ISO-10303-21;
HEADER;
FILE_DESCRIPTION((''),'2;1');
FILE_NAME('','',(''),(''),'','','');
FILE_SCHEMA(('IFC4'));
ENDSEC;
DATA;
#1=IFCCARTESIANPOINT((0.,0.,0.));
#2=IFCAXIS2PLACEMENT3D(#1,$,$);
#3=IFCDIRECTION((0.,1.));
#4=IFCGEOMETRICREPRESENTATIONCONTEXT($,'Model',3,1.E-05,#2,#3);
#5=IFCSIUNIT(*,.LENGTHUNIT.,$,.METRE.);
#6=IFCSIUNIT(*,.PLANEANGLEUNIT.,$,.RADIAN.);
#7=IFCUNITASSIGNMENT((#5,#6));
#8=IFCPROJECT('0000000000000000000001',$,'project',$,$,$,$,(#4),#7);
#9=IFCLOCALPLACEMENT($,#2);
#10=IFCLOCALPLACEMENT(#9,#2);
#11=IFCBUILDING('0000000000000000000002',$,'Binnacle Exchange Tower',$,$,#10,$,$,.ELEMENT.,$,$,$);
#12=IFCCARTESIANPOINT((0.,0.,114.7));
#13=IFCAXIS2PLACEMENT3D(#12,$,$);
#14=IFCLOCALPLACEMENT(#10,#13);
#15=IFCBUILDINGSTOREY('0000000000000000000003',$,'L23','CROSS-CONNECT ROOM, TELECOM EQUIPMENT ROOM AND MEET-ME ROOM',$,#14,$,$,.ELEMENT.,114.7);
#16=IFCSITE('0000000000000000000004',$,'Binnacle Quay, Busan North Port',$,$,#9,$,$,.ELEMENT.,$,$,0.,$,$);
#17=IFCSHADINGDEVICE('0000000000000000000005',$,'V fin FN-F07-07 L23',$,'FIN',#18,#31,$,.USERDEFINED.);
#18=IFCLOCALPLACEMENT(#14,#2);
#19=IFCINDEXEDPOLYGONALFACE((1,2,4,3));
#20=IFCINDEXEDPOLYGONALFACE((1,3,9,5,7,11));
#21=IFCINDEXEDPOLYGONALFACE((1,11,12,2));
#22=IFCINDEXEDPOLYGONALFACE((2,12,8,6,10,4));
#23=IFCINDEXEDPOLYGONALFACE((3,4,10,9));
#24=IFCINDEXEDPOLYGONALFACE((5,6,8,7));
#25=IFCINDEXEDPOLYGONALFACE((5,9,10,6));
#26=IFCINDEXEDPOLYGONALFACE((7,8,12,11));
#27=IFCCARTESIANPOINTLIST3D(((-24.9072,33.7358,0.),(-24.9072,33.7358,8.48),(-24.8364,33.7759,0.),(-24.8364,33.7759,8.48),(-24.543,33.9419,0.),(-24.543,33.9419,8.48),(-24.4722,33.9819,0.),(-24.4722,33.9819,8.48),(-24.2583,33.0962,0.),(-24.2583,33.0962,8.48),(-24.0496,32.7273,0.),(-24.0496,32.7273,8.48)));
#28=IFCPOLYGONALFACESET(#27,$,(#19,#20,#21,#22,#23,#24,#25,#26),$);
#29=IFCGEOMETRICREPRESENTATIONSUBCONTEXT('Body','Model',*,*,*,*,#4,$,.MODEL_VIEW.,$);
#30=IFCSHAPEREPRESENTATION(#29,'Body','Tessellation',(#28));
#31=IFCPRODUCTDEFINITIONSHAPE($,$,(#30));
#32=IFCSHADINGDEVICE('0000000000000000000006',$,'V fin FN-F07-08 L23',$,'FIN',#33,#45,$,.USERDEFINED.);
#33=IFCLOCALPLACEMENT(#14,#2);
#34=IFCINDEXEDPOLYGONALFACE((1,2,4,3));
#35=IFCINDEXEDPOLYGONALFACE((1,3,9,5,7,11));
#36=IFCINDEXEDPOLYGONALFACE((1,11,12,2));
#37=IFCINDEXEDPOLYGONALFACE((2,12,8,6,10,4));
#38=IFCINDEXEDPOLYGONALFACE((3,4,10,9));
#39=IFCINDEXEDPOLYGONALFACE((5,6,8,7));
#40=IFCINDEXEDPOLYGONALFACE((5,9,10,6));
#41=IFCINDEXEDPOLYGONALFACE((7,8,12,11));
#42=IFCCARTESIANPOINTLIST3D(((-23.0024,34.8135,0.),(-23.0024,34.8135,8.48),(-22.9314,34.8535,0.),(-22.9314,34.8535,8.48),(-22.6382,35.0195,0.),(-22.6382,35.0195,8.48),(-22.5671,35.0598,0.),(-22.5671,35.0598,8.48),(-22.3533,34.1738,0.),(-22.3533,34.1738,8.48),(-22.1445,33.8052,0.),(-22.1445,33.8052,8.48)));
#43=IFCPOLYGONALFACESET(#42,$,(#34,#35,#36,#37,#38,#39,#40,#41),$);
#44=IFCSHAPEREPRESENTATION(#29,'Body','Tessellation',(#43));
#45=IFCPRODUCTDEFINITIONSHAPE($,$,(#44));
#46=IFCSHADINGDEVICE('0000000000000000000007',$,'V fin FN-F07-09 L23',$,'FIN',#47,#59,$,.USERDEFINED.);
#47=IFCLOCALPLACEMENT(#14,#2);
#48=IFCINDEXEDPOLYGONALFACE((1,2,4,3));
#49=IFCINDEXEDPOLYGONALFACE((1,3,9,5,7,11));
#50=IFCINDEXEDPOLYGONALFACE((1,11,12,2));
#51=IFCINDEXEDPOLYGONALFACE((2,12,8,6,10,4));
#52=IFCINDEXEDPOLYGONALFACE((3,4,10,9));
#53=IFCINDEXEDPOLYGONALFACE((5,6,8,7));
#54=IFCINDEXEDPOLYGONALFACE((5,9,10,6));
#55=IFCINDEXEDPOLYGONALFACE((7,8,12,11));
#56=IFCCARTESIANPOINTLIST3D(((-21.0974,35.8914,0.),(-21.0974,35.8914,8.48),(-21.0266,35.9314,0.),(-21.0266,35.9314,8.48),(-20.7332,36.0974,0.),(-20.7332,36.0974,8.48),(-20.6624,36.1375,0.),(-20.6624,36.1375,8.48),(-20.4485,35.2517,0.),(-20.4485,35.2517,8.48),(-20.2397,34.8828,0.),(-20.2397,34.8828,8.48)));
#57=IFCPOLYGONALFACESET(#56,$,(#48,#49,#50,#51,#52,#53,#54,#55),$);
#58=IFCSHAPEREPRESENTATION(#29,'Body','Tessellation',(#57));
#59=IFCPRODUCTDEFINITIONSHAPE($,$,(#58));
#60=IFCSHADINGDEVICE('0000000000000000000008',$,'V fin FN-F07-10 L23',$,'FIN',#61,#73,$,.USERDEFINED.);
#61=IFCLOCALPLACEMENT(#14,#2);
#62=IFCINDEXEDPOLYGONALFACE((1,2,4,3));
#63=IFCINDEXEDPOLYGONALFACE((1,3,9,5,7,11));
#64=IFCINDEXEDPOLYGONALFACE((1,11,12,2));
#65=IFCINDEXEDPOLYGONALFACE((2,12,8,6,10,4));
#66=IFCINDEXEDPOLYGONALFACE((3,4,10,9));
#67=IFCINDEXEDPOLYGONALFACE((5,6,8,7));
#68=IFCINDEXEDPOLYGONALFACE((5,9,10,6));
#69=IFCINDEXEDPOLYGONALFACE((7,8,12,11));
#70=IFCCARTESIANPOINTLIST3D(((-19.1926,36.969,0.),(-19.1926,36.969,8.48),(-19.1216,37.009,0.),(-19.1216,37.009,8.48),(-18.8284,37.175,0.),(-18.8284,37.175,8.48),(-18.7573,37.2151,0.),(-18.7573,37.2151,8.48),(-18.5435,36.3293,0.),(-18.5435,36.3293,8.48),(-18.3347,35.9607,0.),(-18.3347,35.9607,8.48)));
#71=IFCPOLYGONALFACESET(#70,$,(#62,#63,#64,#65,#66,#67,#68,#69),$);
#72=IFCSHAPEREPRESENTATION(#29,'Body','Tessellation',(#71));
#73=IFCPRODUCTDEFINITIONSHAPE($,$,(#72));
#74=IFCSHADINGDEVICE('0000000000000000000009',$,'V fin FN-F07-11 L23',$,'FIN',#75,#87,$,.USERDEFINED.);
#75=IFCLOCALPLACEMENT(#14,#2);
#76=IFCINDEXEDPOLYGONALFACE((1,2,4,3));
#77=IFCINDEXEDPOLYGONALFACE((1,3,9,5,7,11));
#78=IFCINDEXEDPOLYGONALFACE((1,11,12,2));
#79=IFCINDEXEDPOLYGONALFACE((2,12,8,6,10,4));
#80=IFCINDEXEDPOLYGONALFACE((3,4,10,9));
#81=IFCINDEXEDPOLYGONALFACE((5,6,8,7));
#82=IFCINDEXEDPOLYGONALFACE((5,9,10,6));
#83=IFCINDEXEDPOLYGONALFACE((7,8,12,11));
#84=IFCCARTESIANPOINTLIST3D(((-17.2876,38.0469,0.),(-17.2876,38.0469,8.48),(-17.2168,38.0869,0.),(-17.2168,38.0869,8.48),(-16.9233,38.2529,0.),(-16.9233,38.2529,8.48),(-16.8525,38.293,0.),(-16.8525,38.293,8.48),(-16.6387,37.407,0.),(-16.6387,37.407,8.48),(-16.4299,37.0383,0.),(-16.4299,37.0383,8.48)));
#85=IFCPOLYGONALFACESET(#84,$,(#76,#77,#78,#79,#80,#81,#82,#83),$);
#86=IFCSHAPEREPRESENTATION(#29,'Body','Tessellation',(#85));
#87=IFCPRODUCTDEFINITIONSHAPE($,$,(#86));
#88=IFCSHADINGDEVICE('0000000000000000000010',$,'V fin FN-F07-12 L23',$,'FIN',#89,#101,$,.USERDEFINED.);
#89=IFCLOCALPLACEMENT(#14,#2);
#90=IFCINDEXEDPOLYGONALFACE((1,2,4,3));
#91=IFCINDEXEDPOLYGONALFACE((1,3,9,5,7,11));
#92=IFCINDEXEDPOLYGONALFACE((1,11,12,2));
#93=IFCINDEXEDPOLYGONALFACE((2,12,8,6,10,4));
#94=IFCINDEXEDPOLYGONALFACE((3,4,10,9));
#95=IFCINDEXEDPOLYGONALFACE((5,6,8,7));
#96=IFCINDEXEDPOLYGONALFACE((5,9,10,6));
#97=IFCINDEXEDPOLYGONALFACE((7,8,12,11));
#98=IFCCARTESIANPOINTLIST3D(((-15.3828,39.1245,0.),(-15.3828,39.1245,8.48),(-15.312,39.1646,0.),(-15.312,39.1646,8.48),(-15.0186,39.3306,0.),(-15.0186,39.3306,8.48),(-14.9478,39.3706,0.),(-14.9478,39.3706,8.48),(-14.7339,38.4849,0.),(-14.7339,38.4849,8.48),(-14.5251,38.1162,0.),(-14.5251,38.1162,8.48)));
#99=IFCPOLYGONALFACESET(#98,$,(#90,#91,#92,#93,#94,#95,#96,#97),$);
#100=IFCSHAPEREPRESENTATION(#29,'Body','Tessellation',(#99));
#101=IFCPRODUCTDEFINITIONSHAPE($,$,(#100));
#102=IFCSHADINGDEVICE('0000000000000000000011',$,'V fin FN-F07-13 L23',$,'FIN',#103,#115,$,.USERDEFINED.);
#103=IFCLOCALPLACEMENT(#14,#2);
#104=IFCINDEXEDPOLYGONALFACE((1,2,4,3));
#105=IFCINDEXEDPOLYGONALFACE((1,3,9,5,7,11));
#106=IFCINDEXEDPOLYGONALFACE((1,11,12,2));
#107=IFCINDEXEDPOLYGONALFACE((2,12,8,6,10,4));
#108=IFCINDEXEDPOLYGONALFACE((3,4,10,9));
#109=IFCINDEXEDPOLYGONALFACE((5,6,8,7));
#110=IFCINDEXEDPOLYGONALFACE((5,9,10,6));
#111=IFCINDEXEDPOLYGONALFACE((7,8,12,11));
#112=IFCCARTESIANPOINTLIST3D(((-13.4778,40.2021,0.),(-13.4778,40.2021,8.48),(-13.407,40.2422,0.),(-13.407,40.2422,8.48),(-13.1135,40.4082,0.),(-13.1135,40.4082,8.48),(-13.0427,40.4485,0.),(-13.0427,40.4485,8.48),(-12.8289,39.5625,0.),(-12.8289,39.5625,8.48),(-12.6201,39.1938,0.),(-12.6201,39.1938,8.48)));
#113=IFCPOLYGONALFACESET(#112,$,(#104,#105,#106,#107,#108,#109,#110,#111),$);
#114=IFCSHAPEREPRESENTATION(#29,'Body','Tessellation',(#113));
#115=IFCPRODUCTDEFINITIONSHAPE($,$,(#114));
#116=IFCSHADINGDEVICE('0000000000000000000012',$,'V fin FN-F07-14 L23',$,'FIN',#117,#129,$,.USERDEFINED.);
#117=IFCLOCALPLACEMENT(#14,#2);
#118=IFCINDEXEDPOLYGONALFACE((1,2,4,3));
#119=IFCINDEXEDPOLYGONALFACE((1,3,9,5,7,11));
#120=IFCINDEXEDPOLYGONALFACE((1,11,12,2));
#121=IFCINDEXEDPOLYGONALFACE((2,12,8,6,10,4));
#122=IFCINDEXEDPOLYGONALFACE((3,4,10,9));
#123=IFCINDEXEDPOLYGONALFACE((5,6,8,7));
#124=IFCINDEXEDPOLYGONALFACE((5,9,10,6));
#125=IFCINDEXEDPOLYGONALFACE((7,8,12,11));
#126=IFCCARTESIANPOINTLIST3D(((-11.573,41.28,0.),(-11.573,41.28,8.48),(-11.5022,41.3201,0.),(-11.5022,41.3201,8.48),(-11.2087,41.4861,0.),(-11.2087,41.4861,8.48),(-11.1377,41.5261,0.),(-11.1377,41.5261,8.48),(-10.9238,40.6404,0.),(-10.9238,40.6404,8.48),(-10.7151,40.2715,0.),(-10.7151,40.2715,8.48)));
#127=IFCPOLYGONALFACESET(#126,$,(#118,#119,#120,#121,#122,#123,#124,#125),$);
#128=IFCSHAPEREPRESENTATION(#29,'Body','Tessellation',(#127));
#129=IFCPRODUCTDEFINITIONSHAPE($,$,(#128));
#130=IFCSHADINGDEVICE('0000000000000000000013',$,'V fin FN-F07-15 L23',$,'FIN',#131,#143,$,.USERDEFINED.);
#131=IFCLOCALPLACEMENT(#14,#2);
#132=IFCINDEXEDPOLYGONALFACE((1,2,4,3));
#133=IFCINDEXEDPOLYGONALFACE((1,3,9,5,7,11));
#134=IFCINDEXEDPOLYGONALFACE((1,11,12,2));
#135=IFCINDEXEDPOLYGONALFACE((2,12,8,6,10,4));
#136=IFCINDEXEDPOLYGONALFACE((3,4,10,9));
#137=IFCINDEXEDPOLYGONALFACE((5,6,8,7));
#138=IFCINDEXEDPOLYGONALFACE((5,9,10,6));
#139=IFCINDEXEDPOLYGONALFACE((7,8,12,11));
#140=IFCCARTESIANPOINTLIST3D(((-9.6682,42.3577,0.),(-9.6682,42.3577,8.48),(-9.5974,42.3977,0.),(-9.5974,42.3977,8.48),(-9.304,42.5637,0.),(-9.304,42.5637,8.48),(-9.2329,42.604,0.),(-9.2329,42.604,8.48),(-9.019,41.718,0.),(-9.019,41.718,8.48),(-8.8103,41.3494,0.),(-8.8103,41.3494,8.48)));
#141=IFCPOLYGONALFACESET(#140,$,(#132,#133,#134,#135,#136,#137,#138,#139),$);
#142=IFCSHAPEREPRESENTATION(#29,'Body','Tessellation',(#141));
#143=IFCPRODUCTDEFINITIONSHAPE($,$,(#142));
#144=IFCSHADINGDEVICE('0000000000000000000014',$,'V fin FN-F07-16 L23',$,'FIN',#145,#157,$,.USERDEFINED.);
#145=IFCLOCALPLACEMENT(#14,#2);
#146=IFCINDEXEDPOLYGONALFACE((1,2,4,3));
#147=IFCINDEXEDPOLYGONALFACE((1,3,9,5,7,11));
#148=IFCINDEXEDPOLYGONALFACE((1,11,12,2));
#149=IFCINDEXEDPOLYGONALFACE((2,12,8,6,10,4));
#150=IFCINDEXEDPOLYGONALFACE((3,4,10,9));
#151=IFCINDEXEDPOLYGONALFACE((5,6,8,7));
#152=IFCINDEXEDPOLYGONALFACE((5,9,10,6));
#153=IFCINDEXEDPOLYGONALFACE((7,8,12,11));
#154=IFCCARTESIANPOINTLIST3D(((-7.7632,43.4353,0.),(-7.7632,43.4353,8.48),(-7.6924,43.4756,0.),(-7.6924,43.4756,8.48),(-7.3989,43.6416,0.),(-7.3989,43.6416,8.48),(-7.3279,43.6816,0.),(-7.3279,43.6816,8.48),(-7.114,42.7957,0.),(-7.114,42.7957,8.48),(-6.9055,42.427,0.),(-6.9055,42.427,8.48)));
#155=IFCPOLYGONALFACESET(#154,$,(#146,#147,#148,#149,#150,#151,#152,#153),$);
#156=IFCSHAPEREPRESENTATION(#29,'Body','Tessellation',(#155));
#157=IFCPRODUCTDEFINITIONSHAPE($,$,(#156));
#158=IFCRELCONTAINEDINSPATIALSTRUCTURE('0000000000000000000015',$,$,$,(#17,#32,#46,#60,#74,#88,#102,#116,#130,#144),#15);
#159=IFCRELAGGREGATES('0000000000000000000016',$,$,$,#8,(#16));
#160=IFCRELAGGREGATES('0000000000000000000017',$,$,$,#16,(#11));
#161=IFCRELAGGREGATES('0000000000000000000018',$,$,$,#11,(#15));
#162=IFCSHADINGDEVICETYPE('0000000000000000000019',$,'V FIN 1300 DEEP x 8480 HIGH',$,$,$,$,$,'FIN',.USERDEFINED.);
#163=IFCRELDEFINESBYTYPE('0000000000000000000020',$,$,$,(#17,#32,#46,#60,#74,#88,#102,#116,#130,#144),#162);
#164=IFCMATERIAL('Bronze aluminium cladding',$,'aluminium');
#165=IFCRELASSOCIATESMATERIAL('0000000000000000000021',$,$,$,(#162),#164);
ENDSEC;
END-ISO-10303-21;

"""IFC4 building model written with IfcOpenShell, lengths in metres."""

from ifc_helpers import new_model, si_unit, direction, frame, origin, place, context, subcontext, project, spatial, polyline, outline, extrude, material, type_object, element, save


model = new_model("IFC4")

# Units and contexts
model_context = context("Model", 3, precision=1e-05, world=origin(), true_north=direction((0.0, 1.0)))
body_context = subcontext(model_context, "Body", "Model", "MODEL_VIEW")
ifc_project = project(units=[si_unit("LENGTHUNIT", "METRE"), si_unit("PLANEANGLEUNIT", "RADIAN")], contexts=[model_context])

# Site, building, storey
site_placement = place(None, origin())
site = spatial("IfcSite", under=ifc_project, at=site_placement, Name="Binnacle Quay, Busan North Port", CompositionType="ELEMENT", RefElevation=0.0)
building_placement = place(site_placement, origin())
building = spatial("IfcBuilding", under=site, at=building_placement, Name="Binnacle Exchange Tower", CompositionType="ELEMENT")
storey_placement = place(building_placement, frame((0.0, 0.0, 114.7)))
storey = spatial("IfcBuildingStorey", under=building, at=storey_placement, Name="L23", Description="CROSS-CONNECT ROOM, TELECOM EQUIPMENT ROOM AND MEET-ME ROOM", CompositionType="ELEMENT", Elevation=114.7)

# Shading devices
ifc_material = material(Name="Bronze aluminium cladding", Category="aluminium")
shading_device_type = type_object("IfcShadingDeviceType", Name="V FIN 1300 DEEP x 8480 HIGH", ElementType="FIN", PredefinedType="USERDEFINED", material=ifc_material)
shading_device_1_placement = place(storey_placement, origin())
element("IfcShadingDevice", 1, at=shading_device_1_placement, inside=storey, type_object=shading_device_type, Name="V fin FN-F07-07 L23", ObjectType="FIN", PredefinedType="USERDEFINED", context=body_context, shape_type="SweptSolid", body=[
    extrude(outline(polyline([(-24.9072, 33.7358), (-24.0496, 32.7273), (-24.4722, 33.9819), (-24.543, 33.9419), (-24.2583, 33.0962), (-24.8364, 33.7759), (-24.9072, 33.7358)])), origin(), (0.0, 0.0, 1.0), 8.48),
])
shading_device_2_placement = place(storey_placement, origin())
element("IfcShadingDevice", 2, at=shading_device_2_placement, inside=storey, type_object=shading_device_type, Name="V fin FN-F07-08 L23", ObjectType="FIN", PredefinedType="USERDEFINED", context=body_context, shape_type="SweptSolid", body=[
    extrude(outline(polyline([(-23.0024, 34.8135), (-22.1445, 33.8052), (-22.5671, 35.0598), (-22.6382, 35.0195), (-22.3533, 34.1738), (-22.9314, 34.8535), (-23.0024, 34.8135)])), origin(), (0.0, 0.0, 1.0), 8.48),
])
shading_device_3_placement = place(storey_placement, origin())
element("IfcShadingDevice", 3, at=shading_device_3_placement, inside=storey, type_object=shading_device_type, Name="V fin FN-F07-09 L23", ObjectType="FIN", PredefinedType="USERDEFINED", context=body_context, shape_type="SweptSolid", body=[
    extrude(outline(polyline([(-21.0974, 35.8914), (-20.2397, 34.8828), (-20.6624, 36.1375), (-20.7332, 36.0974), (-20.4485, 35.2517), (-21.0266, 35.9314), (-21.0974, 35.8914)])), origin(), (0.0, 0.0, 1.0), 8.48),
])
shading_device_4_placement = place(storey_placement, origin())
element("IfcShadingDevice", 4, at=shading_device_4_placement, inside=storey, type_object=shading_device_type, Name="V fin FN-F07-10 L23", ObjectType="FIN", PredefinedType="USERDEFINED", context=body_context, shape_type="SweptSolid", body=[
    extrude(outline(polyline([(-19.1926, 36.969), (-18.3347, 35.9607), (-18.7573, 37.2151), (-18.8284, 37.175), (-18.5435, 36.3293), (-19.1216, 37.009), (-19.1926, 36.969)])), origin(), (0.0, 0.0, 1.0), 8.48),
])
shading_device_5_placement = place(storey_placement, origin())
element("IfcShadingDevice", 5, at=shading_device_5_placement, inside=storey, type_object=shading_device_type, Name="V fin FN-F07-11 L23", ObjectType="FIN", PredefinedType="USERDEFINED", context=body_context, shape_type="SweptSolid", body=[
    extrude(outline(polyline([(-17.2876, 38.0469), (-16.4299, 37.0383), (-16.8525, 38.293), (-16.9233, 38.2529), (-16.6387, 37.407), (-17.2168, 38.0869), (-17.2876, 38.0469)])), origin(), (0.0, 0.0, 1.0), 8.48),
])
shading_device_6_placement = place(storey_placement, origin())
element("IfcShadingDevice", 6, at=shading_device_6_placement, inside=storey, type_object=shading_device_type, Name="V fin FN-F07-12 L23", ObjectType="FIN", PredefinedType="USERDEFINED", context=body_context, shape_type="SweptSolid", body=[
    extrude(outline(polyline([(-15.3828, 39.1245), (-14.5251, 38.1162), (-14.9478, 39.3706), (-15.0186, 39.3306), (-14.7339, 38.4849), (-15.312, 39.1646), (-15.3828, 39.1245)])), origin(), (0.0, 0.0, 1.0), 8.48),
])
shading_device_7_placement = place(storey_placement, origin())
element("IfcShadingDevice", 7, at=shading_device_7_placement, inside=storey, type_object=shading_device_type, Name="V fin FN-F07-13 L23", ObjectType="FIN", PredefinedType="USERDEFINED", context=body_context, shape_type="SweptSolid", body=[
    extrude(outline(polyline([(-13.4778, 40.2021), (-12.6201, 39.1938), (-13.0427, 40.4485), (-13.1135, 40.4082), (-12.8289, 39.5625), (-13.407, 40.2422), (-13.4778, 40.2021)])), origin(), (0.0, 0.0, 1.0), 8.48),
])
shading_device_8_placement = place(storey_placement, origin())
element("IfcShadingDevice", 8, at=shading_device_8_placement, inside=storey, type_object=shading_device_type, Name="V fin FN-F07-14 L23", ObjectType="FIN", PredefinedType="USERDEFINED", context=body_context, shape_type="SweptSolid", body=[
    extrude(outline(polyline([(-11.573, 41.28), (-10.7151, 40.2715), (-11.1377, 41.5261), (-11.2087, 41.4861), (-10.9238, 40.6404), (-11.5022, 41.3201), (-11.573, 41.28)])), origin(), (0.0, 0.0, 1.0), 8.48),
])
shading_device_9_placement = place(storey_placement, origin())
element("IfcShadingDevice", 9, at=shading_device_9_placement, inside=storey, type_object=shading_device_type, Name="V fin FN-F07-15 L23", ObjectType="FIN", PredefinedType="USERDEFINED", context=body_context, shape_type="SweptSolid", body=[
    extrude(outline(polyline([(-9.6682, 42.3577), (-8.8103, 41.3494), (-9.2329, 42.604), (-9.304, 42.5637), (-9.019, 41.718), (-9.5974, 42.3977), (-9.6682, 42.3577)])), origin(), (0.0, 0.0, 1.0), 8.48),
])
shading_device_10_placement = place(storey_placement, origin())
element("IfcShadingDevice", 10, at=shading_device_10_placement, inside=storey, type_object=shading_device_type, Name="V fin FN-F07-16 L23", ObjectType="FIN", PredefinedType="USERDEFINED", context=body_context, shape_type="SweptSolid", body=[
    extrude(outline(polyline([(-7.7632, 43.4353), (-6.9055, 42.427), (-7.3279, 43.6816), (-7.3989, 43.6416), (-7.114, 42.7957), (-7.6924, 43.4756), (-7.7632, 43.4353)])), origin(), (0.0, 0.0, 1.0), 8.48),
])

save(model, "model.ifc")
